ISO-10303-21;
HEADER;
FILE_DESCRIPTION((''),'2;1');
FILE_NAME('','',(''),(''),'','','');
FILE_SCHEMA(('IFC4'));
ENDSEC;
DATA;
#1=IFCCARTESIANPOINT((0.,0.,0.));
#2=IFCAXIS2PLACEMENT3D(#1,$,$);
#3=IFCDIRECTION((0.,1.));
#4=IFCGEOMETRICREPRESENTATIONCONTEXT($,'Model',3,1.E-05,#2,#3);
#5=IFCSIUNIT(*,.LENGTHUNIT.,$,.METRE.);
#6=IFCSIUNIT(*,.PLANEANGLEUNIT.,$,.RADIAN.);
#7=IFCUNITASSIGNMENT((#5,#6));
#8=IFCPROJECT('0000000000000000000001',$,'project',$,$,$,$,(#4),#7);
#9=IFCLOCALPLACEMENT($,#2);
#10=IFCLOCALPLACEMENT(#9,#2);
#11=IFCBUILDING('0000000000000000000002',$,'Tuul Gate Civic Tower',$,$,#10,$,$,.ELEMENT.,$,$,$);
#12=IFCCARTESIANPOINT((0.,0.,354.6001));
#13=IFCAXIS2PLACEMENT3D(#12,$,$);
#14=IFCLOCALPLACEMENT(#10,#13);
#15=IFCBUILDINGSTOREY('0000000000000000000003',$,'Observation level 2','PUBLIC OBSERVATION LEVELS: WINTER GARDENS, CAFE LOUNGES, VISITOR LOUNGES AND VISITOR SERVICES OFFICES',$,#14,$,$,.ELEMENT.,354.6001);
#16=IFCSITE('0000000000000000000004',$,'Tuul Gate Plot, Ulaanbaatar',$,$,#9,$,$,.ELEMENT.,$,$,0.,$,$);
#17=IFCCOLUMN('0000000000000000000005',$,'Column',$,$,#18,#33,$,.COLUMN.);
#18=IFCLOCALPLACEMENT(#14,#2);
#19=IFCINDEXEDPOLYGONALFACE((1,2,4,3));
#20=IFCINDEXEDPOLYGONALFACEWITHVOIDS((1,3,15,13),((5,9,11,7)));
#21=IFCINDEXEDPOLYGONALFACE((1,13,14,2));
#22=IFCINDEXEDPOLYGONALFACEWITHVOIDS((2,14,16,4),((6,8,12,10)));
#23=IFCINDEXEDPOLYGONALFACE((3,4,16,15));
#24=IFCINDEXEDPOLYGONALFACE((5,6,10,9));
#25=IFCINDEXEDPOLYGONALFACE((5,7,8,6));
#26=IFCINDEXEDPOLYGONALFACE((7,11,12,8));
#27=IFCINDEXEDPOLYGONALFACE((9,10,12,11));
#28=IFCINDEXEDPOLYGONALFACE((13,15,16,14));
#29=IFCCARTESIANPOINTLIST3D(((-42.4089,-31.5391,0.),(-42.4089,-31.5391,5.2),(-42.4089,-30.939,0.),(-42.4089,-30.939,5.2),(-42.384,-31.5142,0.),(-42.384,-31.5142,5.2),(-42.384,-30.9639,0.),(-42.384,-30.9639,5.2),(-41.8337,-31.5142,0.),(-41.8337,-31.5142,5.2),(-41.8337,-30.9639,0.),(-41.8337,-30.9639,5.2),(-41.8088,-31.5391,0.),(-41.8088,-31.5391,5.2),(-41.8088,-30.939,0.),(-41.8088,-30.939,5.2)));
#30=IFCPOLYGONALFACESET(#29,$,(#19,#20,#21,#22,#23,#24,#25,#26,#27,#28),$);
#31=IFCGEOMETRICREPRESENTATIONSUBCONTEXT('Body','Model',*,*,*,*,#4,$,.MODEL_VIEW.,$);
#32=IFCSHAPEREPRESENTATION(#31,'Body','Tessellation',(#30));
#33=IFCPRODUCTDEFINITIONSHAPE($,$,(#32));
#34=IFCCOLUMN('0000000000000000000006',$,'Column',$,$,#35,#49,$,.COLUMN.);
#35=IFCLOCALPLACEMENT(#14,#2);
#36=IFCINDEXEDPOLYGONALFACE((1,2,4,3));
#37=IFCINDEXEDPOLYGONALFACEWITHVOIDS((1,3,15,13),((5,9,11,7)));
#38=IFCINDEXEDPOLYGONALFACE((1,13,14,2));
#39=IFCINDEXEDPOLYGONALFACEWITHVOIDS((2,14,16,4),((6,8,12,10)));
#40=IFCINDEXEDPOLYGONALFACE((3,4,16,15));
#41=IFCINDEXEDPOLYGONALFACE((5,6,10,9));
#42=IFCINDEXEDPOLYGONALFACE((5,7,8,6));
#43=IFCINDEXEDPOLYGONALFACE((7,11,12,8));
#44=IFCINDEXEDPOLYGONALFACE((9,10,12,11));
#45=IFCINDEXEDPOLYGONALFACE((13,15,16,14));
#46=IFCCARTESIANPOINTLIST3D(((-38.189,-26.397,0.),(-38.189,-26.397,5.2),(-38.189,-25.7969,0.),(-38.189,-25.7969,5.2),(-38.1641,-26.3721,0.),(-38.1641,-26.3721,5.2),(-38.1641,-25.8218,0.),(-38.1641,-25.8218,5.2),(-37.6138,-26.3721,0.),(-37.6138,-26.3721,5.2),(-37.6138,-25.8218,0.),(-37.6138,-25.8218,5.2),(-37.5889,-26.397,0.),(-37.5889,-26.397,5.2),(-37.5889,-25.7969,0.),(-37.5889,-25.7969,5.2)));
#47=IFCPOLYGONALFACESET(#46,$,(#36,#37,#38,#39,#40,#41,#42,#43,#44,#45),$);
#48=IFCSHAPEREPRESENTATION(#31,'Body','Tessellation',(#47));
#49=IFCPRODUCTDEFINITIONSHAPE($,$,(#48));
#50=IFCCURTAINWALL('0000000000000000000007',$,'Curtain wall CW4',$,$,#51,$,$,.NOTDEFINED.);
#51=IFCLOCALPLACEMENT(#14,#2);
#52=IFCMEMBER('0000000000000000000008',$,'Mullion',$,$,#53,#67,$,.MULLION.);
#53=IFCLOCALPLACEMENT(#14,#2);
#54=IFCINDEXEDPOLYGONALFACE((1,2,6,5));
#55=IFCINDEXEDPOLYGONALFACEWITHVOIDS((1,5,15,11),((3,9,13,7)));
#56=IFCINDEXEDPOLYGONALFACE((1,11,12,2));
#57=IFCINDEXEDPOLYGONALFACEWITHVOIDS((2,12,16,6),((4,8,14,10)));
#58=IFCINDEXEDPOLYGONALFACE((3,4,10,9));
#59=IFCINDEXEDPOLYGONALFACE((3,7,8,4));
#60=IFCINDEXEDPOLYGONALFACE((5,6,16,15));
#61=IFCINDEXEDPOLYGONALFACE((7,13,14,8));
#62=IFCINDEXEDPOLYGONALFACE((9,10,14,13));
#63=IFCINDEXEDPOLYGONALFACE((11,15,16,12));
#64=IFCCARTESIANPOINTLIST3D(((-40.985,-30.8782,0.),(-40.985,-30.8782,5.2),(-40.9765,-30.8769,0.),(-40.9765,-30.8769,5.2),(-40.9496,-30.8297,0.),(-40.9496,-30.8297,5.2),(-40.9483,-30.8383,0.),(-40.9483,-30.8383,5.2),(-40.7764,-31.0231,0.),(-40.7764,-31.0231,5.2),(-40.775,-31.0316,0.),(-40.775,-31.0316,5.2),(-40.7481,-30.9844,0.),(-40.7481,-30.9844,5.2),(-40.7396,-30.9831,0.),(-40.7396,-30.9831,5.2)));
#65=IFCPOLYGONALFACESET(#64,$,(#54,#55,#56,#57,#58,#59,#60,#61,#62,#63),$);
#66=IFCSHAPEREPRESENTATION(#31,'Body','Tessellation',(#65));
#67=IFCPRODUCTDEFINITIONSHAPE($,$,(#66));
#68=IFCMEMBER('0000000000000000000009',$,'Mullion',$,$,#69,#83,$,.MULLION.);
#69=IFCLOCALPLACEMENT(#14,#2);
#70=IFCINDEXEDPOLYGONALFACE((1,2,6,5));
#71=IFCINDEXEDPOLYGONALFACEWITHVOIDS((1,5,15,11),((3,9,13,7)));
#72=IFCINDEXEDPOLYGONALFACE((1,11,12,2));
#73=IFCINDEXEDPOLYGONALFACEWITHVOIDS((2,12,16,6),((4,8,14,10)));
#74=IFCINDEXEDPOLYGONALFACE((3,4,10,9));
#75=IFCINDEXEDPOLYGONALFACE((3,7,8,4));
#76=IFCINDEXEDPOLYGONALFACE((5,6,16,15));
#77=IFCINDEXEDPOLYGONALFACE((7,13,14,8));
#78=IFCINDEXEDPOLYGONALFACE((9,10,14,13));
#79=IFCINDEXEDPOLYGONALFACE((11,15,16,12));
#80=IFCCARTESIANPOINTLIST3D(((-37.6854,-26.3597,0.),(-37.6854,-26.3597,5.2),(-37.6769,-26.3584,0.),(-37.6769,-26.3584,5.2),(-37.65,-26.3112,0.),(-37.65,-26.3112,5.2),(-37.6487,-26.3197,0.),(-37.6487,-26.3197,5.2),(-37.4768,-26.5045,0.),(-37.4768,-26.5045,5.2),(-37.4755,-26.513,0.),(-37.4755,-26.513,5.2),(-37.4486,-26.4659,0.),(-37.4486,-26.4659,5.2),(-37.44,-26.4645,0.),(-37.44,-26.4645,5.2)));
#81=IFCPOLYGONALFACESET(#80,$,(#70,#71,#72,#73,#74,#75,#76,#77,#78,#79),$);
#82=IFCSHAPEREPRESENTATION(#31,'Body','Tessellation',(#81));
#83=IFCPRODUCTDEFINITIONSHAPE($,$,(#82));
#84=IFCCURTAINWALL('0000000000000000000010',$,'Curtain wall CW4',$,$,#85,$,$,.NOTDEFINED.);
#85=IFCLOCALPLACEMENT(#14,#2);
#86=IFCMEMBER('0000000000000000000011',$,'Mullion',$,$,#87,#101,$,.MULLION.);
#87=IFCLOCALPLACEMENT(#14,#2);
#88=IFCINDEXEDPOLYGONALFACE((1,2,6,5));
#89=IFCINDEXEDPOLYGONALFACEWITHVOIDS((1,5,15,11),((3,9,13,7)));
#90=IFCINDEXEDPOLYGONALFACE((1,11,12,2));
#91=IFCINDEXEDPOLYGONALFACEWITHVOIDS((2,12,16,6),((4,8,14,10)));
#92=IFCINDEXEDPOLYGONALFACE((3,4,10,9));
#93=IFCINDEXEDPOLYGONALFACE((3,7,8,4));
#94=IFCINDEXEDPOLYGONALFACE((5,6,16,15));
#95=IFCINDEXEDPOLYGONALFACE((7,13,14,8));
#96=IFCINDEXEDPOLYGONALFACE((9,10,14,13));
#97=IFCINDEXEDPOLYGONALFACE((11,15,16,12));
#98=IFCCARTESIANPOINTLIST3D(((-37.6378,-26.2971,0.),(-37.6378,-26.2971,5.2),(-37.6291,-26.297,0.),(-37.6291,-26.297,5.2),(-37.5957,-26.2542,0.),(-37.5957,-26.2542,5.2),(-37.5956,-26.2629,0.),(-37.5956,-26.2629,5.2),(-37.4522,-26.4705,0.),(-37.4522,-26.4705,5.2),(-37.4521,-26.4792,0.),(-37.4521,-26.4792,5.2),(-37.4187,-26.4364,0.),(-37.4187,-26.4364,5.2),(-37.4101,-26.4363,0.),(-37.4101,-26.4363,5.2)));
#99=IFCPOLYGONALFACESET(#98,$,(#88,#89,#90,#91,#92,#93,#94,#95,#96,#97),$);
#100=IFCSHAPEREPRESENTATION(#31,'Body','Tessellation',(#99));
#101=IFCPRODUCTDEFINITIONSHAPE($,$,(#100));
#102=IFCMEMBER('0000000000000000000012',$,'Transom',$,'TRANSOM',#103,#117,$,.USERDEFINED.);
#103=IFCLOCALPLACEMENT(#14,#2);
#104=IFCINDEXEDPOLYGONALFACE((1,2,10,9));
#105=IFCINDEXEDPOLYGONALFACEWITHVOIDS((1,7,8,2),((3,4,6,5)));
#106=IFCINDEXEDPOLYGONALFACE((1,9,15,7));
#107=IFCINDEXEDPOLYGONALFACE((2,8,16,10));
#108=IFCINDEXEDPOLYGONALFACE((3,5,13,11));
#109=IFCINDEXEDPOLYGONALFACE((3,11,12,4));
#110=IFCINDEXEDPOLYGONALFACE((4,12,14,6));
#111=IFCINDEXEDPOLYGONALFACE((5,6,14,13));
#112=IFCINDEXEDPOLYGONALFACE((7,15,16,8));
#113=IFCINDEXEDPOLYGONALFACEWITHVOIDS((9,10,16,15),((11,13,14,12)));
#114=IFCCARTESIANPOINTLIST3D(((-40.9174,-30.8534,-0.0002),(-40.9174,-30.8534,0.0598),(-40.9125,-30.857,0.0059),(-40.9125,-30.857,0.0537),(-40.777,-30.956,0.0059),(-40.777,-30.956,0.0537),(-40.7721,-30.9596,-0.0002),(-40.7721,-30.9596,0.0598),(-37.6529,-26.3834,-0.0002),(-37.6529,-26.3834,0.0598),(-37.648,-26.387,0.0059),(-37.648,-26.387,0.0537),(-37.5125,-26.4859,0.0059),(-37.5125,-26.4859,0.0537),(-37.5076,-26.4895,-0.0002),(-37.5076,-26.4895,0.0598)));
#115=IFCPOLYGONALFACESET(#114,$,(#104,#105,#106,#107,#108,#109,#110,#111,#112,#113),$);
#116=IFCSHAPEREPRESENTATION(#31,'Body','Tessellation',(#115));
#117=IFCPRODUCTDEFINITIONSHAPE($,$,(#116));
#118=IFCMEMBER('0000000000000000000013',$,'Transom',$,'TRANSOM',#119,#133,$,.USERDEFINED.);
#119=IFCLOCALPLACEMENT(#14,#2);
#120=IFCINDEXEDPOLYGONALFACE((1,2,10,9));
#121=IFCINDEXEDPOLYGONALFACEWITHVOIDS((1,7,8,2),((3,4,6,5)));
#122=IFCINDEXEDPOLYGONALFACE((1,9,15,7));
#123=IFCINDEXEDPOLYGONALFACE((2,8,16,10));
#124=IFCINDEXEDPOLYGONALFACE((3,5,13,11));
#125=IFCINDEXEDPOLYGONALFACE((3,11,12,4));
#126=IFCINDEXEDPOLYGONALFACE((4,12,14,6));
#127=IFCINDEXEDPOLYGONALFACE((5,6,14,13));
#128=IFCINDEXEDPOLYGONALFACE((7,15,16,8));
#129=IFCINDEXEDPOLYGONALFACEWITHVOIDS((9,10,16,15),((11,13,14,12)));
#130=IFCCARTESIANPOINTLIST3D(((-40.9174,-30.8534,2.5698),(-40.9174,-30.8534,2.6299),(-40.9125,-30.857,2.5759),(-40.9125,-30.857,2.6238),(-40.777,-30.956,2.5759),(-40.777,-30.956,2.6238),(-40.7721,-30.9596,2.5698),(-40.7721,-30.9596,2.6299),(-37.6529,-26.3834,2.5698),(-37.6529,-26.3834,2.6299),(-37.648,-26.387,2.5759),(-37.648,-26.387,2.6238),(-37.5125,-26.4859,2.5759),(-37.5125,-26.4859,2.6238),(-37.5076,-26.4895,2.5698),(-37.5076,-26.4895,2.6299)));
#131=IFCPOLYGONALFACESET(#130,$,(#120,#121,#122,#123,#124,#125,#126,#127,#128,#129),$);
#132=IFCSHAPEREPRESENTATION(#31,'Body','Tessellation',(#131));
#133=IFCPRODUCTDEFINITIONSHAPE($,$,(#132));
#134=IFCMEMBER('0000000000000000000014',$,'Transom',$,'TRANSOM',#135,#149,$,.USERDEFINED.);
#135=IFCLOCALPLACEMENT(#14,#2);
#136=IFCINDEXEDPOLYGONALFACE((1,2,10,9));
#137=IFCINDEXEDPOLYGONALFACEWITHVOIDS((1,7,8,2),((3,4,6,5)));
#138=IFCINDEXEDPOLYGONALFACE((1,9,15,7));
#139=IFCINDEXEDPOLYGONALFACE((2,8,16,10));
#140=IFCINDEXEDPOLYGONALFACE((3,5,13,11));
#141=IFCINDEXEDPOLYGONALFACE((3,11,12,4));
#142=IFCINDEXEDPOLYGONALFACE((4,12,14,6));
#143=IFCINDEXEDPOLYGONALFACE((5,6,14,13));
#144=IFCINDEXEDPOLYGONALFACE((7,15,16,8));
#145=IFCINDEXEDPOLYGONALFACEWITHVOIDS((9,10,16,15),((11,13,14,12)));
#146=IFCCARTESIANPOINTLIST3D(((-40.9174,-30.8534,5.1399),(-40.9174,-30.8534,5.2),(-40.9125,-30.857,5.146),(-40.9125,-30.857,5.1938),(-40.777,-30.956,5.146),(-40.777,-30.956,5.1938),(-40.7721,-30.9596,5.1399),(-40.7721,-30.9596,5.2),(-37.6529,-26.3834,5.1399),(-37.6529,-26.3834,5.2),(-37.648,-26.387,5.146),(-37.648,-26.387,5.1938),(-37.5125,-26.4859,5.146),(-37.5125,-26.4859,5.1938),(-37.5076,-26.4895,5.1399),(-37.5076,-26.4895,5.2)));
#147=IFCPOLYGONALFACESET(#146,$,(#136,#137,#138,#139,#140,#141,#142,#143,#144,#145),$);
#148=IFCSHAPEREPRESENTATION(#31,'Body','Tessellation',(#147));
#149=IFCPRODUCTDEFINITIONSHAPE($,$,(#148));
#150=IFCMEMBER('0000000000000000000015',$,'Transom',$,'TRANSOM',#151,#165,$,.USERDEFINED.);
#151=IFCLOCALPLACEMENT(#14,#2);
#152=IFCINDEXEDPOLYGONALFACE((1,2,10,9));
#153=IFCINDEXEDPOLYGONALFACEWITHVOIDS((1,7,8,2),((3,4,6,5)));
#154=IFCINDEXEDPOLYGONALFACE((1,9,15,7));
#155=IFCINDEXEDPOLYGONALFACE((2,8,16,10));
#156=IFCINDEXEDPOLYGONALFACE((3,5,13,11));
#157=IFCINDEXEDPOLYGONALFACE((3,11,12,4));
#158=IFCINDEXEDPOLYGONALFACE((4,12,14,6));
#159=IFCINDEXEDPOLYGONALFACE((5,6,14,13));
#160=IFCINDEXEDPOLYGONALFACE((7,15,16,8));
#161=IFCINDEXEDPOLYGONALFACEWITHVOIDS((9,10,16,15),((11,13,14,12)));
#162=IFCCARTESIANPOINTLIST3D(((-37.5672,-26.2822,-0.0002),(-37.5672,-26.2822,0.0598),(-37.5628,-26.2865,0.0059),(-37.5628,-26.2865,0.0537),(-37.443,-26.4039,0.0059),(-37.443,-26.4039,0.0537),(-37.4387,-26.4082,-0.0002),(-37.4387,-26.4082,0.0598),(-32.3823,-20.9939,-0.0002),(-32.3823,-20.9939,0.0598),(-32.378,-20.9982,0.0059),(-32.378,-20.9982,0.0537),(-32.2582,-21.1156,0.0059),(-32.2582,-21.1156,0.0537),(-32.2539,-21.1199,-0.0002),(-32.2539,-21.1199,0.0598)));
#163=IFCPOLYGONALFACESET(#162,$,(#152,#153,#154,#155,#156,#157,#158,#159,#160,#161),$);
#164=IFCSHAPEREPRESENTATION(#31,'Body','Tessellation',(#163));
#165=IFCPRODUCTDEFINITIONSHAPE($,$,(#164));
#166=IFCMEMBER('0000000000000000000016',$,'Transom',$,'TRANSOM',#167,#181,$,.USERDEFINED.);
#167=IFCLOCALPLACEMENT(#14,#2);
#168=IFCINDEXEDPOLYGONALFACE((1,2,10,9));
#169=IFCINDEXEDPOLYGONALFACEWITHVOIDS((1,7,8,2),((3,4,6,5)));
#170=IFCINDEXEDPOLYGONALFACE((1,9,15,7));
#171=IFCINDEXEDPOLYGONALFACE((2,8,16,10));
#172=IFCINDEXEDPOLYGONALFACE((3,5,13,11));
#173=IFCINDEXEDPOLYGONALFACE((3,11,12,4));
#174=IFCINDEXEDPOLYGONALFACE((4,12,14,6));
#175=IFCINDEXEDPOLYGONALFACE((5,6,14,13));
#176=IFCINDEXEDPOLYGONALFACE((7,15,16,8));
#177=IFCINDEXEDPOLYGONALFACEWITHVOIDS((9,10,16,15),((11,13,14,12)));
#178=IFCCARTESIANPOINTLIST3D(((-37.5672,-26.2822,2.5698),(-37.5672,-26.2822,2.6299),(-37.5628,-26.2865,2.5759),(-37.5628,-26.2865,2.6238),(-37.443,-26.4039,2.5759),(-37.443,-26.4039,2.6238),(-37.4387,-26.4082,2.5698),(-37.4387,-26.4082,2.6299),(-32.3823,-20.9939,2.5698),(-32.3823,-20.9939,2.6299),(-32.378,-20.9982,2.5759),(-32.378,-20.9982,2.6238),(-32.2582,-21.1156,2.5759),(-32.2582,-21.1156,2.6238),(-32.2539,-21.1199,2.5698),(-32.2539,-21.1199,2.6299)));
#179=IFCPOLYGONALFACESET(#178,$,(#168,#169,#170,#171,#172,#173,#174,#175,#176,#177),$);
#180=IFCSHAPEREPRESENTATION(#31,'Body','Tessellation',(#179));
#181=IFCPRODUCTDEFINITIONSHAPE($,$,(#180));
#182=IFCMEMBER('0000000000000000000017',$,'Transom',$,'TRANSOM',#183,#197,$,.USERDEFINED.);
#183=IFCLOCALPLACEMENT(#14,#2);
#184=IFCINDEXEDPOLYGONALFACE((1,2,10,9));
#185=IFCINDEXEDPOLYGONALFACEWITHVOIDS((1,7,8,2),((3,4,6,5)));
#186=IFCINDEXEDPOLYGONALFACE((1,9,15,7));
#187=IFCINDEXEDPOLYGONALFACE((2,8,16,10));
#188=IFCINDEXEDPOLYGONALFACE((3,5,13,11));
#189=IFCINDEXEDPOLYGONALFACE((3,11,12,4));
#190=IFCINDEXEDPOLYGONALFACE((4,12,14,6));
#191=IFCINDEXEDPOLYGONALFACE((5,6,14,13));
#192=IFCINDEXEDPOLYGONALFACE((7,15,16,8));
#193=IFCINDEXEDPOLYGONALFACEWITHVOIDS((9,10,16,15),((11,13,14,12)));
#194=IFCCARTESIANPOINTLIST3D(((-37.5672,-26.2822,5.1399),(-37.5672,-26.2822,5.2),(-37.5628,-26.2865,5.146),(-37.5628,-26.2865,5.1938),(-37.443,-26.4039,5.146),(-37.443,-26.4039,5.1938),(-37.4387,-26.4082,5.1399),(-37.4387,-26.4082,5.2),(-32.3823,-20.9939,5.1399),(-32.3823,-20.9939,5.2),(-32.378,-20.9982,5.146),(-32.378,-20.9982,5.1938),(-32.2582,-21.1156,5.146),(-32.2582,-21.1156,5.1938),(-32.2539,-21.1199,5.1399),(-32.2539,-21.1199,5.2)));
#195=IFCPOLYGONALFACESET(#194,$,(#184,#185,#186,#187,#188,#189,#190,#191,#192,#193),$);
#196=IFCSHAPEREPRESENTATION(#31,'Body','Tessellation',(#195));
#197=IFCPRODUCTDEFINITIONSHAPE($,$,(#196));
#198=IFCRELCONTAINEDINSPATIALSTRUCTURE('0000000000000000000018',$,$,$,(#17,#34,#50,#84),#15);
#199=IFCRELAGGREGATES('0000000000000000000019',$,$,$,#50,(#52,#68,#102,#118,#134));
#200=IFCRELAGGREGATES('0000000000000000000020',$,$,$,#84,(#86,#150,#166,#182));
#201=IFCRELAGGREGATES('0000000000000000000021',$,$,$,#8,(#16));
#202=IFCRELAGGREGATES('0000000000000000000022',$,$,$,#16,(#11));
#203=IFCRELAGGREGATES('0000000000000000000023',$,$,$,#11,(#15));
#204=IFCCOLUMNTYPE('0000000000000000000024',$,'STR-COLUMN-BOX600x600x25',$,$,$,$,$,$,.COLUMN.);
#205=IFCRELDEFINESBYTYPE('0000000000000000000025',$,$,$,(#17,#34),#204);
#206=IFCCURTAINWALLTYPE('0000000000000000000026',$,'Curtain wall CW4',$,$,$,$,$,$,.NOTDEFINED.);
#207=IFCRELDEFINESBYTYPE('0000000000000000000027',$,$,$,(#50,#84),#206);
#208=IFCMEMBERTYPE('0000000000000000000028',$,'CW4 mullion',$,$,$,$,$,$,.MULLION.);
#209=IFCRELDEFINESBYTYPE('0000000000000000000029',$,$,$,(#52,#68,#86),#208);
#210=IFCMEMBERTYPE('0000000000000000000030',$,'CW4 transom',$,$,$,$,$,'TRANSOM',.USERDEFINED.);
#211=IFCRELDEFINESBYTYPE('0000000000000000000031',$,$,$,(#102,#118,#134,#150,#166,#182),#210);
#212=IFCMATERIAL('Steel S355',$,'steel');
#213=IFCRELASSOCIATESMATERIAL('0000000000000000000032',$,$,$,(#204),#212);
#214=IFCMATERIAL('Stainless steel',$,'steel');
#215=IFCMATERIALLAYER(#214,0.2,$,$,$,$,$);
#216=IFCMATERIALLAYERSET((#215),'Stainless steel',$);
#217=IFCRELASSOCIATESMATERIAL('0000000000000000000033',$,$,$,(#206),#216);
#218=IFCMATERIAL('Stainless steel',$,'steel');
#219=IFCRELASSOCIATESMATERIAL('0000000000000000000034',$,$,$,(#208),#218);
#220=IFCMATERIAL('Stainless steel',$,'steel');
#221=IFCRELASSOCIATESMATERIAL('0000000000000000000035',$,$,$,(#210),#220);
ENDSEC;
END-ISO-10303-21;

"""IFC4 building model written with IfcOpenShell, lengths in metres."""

from ifc_helpers import new_model, si_unit, direction, frame, origin, origin_2d, place, context, subcontext, project, spatial, hollow_rectangle, extrude, material, layer, layer_set, material_profile, profile_set, type_object, element, aggregate, save


model = new_model("IFC4")

# Units and contexts
model_context = context("Model", 3, precision=1e-05, world=origin(), true_north=direction((0.0, 1.0)))
body_context = subcontext(model_context, "Body", "Model", "MODEL_VIEW")
ifc_project = project(units=[si_unit("LENGTHUNIT", "METRE"), si_unit("PLANEANGLEUNIT", "RADIAN")], contexts=[model_context])

# Site, building, storey
site_placement = place(None, origin())
site = spatial("IfcSite", under=ifc_project, at=site_placement, Name="Tuul Gate Plot, Ulaanbaatar", CompositionType="ELEMENT", RefElevation=0.0)
building_placement = place(site_placement, origin())
building = spatial("IfcBuilding", under=site, at=building_placement, Name="Tuul Gate Civic Tower", CompositionType="ELEMENT")
storey_placement = place(building_placement, frame((0.0, 0.0, 354.6001)))
storey = spatial("IfcBuildingStorey", under=building, at=storey_placement, Name="Observation level 2", Description="PUBLIC OBSERVATION LEVELS: WINTER GARDENS, CAFE LOUNGES, VISITOR LOUNGES AND VISITOR SERVICES OFFICES", CompositionType="ELEMENT", Elevation=354.6001)

# Columns
ifc_material_1 = material(Name="Steel S355", Category="steel")
ifc_material_profile_1 = material_profile(ifc_material_1, hollow_rectangle(XDim=0.6001, YDim=0.6001, WallThickness=0.0249, at=origin_2d()), Name="BOX600x600x25")
ifc_profile_set_1 = profile_set([ifc_material_profile_1], Name="Steel S355")
column_type = type_object("IfcColumnType", Name="STR-COLUMN-BOX600x600x25", PredefinedType="COLUMN", material=ifc_profile_set_1)
for number, where, z_axis, x_axis, name in (
    (1, (-42.1089, -31.239, 0.0), (0.0, 0.0, 1.0), (1.0, 0.0, 0.0), "Column"),
    (2, (-37.8889, -26.0969, 0.0), (0.0, 0.0, 1.0), (1.0, 0.0, 0.0), "Column"),
):
    element("IfcColumn", number, at=place(storey_placement, frame(where, z_axis=z_axis, x_axis=x_axis)), inside=storey, type_object=column_type, Name=name, PredefinedType="COLUMN", context=body_context, shape_type="SweptSolid", body=[
        extrude(hollow_rectangle(XDim=0.6001, YDim=0.6001, WallThickness=0.0249, at=origin_2d()), origin(), (0.0, 0.0, 1.0), 5.2),
    ])

# Curtain wall, members
ifc_material_2 = material(Name="Stainless steel", Category="steel")
ifc_layer_1 = layer(ifc_material_2, 0.2)
ifc_layer_set_1 = layer_set([ifc_layer_1], Name="Stainless steel")
curtain_wall_type = type_object("IfcCurtainWallType", Name="Curtain wall CW4", PredefinedType="NOTDEFINED", material=ifc_layer_set_1)
curtain_wall_1_placement = place(storey_placement, origin())
curtain_wall_1 = element("IfcCurtainWall", 3, at=curtain_wall_1_placement, inside=storey, type_object=curtain_wall_type, Name="Curtain wall CW4", PredefinedType="NOTDEFINED")
ifc_material_3 = material(Name="Stainless steel", Category="steel")
ifc_material_profile_2 = material_profile(ifc_material_3, hollow_rectangle(XDim=0.26, YDim=0.0601, WallThickness=0.0061, at=origin_2d()), Name="CW4 mullion")
ifc_profile_set_2 = profile_set([ifc_material_profile_2], Name="Stainless steel")
member_type_1 = type_object("IfcMemberType", Name="CW4 mullion", PredefinedType="MULLION", material=ifc_profile_set_2)
member_1_placement = place(storey_placement, frame((-40.8623, -30.9307, 0.0), z_axis=(0.0, 0.0, 1.0), x_axis=(-0.807595, 0.589737, 0.0)))
member_1 = element("IfcMember", 4, at=member_1_placement, type_object=member_type_1, Name="Mullion", PredefinedType="MULLION", context=body_context, shape_type="SweptSolid", body=[
    extrude(hollow_rectangle(XDim=0.26, YDim=0.0601, WallThickness=0.0061, at=origin_2d()), origin(), (0.0, 0.0, 1.0), 5.2),
])
member_2_placement = place(storey_placement, frame((-37.5627, -26.4121, 0.0), z_axis=(0.0, 0.0, 1.0), x_axis=(-0.807595, 0.589737, 0.0)))
member_2 = element("IfcMember", 5, at=member_2_placement, type_object=member_type_1, Name="Mullion", PredefinedType="MULLION", context=body_context, shape_type="SweptSolid", body=[
    extrude(hollow_rectangle(XDim=0.26, YDim=0.0601, WallThickness=0.0061, at=origin_2d()), origin(), (0.0, 0.0, 1.0), 5.2),
])

# Curtain wall, member
curtain_wall_2_placement = place(storey_placement, origin())
curtain_wall_2 = element("IfcCurtainWall", 6, at=curtain_wall_2_placement, inside=storey, type_object=curtain_wall_type, Name="Curtain wall CW4", PredefinedType="NOTDEFINED")
member_3_placement = place(storey_placement, frame((-37.5239, -26.3667, 0.0), z_axis=(0.0, 0.0, 1.0), x_axis=(-0.714048, 0.700097, 0.0)))
member_3 = element("IfcMember", 7, at=member_3_placement, type_object=member_type_1, Name="Mullion", PredefinedType="MULLION", context=body_context, shape_type="SweptSolid", body=[
    extrude(hollow_rectangle(XDim=0.26, YDim=0.0601, WallThickness=0.0061, at=origin_2d()), origin(), (0.0, 0.0, 1.0), 5.2),
])

# Members
ifc_material_4 = material(Name="Stainless steel", Category="steel")
ifc_material_profile_3 = material_profile(ifc_material_4, hollow_rectangle(XDim=0.1799, YDim=0.0601, WallThickness=0.0061, at=origin_2d()), Name="CW4 transom")
ifc_profile_set_3 = profile_set([ifc_material_profile_3], Name="Stainless steel")
member_type_2 = type_object("IfcMemberType", Name="CW4 transom", ElementType="TRANSOM", PredefinedType="USERDEFINED", material=ifc_profile_set_3)
member_4_placement = place(storey_placement, frame((-40.8447, -30.9065, 0.0298), z_axis=(0.589768, 0.807573, 0.0), x_axis=(-0.807573, 0.589768, 0.0)))
member_4 = element("IfcMember", 8, at=member_4_placement, type_object=member_type_2, Name="Transom", ObjectType="TRANSOM", PredefinedType="USERDEFINED", context=body_context, shape_type="SweptSolid", body=[
    extrude(hollow_rectangle(XDim=0.1799, YDim=0.0601, WallThickness=0.0061, at=origin_2d()), origin(), (0.0, 0.0, 1.0), 5.5352),
])
member_5_placement = place(storey_placement, frame((-40.8447, -30.9065, 2.5999), z_axis=(0.589768, 0.807573, 0.0), x_axis=(-0.807573, 0.589768, 0.0)))
member_5 = element("IfcMember", 9, at=member_5_placement, type_object=member_type_2, Name="Transom", ObjectType="TRANSOM", PredefinedType="USERDEFINED", context=body_context, shape_type="SweptSolid", body=[
    extrude(hollow_rectangle(XDim=0.1799, YDim=0.0601, WallThickness=0.0061, at=origin_2d()), origin(), (0.0, 0.0, 1.0), 5.5352),
])
member_6_placement = place(storey_placement, frame((-40.8447, -30.9065, 5.1699), z_axis=(0.589768, 0.807573, 0.0), x_axis=(-0.807573, 0.589768, 0.0)))
member_6 = element("IfcMember", 10, at=member_6_placement, type_object=member_type_2, Name="Transom", ObjectType="TRANSOM", PredefinedType="USERDEFINED", context=body_context, shape_type="SweptSolid", body=[
    extrude(hollow_rectangle(XDim=0.1799, YDim=0.0601, WallThickness=0.0061, at=origin_2d()), origin(), (0.0, 0.0, 1.0), 5.5352),
])
member_7_placement = place(storey_placement, frame((-37.5029, -26.3452, 0.0298), z_axis=(0.700084, 0.714061, 0.0), x_axis=(-0.714061, 0.700084, 0.0)))
member_7 = element("IfcMember", 11, at=member_7_placement, type_object=member_type_2, Name="Transom", ObjectType="TRANSOM", PredefinedType="USERDEFINED", context=body_context, shape_type="SweptSolid", body=[
    extrude(hollow_rectangle(XDim=0.1799, YDim=0.0601, WallThickness=0.0061, at=origin_2d()), origin(), (0.0, 0.0, 1.0), 7.406),
])
member_8_placement = place(storey_placement, frame((-37.5029, -26.3452, 2.5999), z_axis=(0.700084, 0.714061, 0.0), x_axis=(-0.714061, 0.700084, 0.0)))
member_8 = element("IfcMember", 12, at=member_8_placement, type_object=member_type_2, Name="Transom", ObjectType="TRANSOM", PredefinedType="USERDEFINED", context=body_context, shape_type="SweptSolid", body=[
    extrude(hollow_rectangle(XDim=0.1799, YDim=0.0601, WallThickness=0.0061, at=origin_2d()), origin(), (0.0, 0.0, 1.0), 7.406),
])
member_9_placement = place(storey_placement, frame((-37.5029, -26.3452, 5.1699), z_axis=(0.700084, 0.714061, 0.0), x_axis=(-0.714061, 0.700084, 0.0)))
member_9 = element("IfcMember", 13, at=member_9_placement, type_object=member_type_2, Name="Transom", ObjectType="TRANSOM", PredefinedType="USERDEFINED", context=body_context, shape_type="SweptSolid", body=[
    extrude(hollow_rectangle(XDim=0.1799, YDim=0.0601, WallThickness=0.0061, at=origin_2d()), origin(), (0.0, 0.0, 1.0), 7.406),
])

aggregate(curtain_wall_1, [member_1, member_2, member_4, member_5, member_6])
aggregate(curtain_wall_2, [member_3, member_7, member_8, member_9])

save(model, "model.ifc")
